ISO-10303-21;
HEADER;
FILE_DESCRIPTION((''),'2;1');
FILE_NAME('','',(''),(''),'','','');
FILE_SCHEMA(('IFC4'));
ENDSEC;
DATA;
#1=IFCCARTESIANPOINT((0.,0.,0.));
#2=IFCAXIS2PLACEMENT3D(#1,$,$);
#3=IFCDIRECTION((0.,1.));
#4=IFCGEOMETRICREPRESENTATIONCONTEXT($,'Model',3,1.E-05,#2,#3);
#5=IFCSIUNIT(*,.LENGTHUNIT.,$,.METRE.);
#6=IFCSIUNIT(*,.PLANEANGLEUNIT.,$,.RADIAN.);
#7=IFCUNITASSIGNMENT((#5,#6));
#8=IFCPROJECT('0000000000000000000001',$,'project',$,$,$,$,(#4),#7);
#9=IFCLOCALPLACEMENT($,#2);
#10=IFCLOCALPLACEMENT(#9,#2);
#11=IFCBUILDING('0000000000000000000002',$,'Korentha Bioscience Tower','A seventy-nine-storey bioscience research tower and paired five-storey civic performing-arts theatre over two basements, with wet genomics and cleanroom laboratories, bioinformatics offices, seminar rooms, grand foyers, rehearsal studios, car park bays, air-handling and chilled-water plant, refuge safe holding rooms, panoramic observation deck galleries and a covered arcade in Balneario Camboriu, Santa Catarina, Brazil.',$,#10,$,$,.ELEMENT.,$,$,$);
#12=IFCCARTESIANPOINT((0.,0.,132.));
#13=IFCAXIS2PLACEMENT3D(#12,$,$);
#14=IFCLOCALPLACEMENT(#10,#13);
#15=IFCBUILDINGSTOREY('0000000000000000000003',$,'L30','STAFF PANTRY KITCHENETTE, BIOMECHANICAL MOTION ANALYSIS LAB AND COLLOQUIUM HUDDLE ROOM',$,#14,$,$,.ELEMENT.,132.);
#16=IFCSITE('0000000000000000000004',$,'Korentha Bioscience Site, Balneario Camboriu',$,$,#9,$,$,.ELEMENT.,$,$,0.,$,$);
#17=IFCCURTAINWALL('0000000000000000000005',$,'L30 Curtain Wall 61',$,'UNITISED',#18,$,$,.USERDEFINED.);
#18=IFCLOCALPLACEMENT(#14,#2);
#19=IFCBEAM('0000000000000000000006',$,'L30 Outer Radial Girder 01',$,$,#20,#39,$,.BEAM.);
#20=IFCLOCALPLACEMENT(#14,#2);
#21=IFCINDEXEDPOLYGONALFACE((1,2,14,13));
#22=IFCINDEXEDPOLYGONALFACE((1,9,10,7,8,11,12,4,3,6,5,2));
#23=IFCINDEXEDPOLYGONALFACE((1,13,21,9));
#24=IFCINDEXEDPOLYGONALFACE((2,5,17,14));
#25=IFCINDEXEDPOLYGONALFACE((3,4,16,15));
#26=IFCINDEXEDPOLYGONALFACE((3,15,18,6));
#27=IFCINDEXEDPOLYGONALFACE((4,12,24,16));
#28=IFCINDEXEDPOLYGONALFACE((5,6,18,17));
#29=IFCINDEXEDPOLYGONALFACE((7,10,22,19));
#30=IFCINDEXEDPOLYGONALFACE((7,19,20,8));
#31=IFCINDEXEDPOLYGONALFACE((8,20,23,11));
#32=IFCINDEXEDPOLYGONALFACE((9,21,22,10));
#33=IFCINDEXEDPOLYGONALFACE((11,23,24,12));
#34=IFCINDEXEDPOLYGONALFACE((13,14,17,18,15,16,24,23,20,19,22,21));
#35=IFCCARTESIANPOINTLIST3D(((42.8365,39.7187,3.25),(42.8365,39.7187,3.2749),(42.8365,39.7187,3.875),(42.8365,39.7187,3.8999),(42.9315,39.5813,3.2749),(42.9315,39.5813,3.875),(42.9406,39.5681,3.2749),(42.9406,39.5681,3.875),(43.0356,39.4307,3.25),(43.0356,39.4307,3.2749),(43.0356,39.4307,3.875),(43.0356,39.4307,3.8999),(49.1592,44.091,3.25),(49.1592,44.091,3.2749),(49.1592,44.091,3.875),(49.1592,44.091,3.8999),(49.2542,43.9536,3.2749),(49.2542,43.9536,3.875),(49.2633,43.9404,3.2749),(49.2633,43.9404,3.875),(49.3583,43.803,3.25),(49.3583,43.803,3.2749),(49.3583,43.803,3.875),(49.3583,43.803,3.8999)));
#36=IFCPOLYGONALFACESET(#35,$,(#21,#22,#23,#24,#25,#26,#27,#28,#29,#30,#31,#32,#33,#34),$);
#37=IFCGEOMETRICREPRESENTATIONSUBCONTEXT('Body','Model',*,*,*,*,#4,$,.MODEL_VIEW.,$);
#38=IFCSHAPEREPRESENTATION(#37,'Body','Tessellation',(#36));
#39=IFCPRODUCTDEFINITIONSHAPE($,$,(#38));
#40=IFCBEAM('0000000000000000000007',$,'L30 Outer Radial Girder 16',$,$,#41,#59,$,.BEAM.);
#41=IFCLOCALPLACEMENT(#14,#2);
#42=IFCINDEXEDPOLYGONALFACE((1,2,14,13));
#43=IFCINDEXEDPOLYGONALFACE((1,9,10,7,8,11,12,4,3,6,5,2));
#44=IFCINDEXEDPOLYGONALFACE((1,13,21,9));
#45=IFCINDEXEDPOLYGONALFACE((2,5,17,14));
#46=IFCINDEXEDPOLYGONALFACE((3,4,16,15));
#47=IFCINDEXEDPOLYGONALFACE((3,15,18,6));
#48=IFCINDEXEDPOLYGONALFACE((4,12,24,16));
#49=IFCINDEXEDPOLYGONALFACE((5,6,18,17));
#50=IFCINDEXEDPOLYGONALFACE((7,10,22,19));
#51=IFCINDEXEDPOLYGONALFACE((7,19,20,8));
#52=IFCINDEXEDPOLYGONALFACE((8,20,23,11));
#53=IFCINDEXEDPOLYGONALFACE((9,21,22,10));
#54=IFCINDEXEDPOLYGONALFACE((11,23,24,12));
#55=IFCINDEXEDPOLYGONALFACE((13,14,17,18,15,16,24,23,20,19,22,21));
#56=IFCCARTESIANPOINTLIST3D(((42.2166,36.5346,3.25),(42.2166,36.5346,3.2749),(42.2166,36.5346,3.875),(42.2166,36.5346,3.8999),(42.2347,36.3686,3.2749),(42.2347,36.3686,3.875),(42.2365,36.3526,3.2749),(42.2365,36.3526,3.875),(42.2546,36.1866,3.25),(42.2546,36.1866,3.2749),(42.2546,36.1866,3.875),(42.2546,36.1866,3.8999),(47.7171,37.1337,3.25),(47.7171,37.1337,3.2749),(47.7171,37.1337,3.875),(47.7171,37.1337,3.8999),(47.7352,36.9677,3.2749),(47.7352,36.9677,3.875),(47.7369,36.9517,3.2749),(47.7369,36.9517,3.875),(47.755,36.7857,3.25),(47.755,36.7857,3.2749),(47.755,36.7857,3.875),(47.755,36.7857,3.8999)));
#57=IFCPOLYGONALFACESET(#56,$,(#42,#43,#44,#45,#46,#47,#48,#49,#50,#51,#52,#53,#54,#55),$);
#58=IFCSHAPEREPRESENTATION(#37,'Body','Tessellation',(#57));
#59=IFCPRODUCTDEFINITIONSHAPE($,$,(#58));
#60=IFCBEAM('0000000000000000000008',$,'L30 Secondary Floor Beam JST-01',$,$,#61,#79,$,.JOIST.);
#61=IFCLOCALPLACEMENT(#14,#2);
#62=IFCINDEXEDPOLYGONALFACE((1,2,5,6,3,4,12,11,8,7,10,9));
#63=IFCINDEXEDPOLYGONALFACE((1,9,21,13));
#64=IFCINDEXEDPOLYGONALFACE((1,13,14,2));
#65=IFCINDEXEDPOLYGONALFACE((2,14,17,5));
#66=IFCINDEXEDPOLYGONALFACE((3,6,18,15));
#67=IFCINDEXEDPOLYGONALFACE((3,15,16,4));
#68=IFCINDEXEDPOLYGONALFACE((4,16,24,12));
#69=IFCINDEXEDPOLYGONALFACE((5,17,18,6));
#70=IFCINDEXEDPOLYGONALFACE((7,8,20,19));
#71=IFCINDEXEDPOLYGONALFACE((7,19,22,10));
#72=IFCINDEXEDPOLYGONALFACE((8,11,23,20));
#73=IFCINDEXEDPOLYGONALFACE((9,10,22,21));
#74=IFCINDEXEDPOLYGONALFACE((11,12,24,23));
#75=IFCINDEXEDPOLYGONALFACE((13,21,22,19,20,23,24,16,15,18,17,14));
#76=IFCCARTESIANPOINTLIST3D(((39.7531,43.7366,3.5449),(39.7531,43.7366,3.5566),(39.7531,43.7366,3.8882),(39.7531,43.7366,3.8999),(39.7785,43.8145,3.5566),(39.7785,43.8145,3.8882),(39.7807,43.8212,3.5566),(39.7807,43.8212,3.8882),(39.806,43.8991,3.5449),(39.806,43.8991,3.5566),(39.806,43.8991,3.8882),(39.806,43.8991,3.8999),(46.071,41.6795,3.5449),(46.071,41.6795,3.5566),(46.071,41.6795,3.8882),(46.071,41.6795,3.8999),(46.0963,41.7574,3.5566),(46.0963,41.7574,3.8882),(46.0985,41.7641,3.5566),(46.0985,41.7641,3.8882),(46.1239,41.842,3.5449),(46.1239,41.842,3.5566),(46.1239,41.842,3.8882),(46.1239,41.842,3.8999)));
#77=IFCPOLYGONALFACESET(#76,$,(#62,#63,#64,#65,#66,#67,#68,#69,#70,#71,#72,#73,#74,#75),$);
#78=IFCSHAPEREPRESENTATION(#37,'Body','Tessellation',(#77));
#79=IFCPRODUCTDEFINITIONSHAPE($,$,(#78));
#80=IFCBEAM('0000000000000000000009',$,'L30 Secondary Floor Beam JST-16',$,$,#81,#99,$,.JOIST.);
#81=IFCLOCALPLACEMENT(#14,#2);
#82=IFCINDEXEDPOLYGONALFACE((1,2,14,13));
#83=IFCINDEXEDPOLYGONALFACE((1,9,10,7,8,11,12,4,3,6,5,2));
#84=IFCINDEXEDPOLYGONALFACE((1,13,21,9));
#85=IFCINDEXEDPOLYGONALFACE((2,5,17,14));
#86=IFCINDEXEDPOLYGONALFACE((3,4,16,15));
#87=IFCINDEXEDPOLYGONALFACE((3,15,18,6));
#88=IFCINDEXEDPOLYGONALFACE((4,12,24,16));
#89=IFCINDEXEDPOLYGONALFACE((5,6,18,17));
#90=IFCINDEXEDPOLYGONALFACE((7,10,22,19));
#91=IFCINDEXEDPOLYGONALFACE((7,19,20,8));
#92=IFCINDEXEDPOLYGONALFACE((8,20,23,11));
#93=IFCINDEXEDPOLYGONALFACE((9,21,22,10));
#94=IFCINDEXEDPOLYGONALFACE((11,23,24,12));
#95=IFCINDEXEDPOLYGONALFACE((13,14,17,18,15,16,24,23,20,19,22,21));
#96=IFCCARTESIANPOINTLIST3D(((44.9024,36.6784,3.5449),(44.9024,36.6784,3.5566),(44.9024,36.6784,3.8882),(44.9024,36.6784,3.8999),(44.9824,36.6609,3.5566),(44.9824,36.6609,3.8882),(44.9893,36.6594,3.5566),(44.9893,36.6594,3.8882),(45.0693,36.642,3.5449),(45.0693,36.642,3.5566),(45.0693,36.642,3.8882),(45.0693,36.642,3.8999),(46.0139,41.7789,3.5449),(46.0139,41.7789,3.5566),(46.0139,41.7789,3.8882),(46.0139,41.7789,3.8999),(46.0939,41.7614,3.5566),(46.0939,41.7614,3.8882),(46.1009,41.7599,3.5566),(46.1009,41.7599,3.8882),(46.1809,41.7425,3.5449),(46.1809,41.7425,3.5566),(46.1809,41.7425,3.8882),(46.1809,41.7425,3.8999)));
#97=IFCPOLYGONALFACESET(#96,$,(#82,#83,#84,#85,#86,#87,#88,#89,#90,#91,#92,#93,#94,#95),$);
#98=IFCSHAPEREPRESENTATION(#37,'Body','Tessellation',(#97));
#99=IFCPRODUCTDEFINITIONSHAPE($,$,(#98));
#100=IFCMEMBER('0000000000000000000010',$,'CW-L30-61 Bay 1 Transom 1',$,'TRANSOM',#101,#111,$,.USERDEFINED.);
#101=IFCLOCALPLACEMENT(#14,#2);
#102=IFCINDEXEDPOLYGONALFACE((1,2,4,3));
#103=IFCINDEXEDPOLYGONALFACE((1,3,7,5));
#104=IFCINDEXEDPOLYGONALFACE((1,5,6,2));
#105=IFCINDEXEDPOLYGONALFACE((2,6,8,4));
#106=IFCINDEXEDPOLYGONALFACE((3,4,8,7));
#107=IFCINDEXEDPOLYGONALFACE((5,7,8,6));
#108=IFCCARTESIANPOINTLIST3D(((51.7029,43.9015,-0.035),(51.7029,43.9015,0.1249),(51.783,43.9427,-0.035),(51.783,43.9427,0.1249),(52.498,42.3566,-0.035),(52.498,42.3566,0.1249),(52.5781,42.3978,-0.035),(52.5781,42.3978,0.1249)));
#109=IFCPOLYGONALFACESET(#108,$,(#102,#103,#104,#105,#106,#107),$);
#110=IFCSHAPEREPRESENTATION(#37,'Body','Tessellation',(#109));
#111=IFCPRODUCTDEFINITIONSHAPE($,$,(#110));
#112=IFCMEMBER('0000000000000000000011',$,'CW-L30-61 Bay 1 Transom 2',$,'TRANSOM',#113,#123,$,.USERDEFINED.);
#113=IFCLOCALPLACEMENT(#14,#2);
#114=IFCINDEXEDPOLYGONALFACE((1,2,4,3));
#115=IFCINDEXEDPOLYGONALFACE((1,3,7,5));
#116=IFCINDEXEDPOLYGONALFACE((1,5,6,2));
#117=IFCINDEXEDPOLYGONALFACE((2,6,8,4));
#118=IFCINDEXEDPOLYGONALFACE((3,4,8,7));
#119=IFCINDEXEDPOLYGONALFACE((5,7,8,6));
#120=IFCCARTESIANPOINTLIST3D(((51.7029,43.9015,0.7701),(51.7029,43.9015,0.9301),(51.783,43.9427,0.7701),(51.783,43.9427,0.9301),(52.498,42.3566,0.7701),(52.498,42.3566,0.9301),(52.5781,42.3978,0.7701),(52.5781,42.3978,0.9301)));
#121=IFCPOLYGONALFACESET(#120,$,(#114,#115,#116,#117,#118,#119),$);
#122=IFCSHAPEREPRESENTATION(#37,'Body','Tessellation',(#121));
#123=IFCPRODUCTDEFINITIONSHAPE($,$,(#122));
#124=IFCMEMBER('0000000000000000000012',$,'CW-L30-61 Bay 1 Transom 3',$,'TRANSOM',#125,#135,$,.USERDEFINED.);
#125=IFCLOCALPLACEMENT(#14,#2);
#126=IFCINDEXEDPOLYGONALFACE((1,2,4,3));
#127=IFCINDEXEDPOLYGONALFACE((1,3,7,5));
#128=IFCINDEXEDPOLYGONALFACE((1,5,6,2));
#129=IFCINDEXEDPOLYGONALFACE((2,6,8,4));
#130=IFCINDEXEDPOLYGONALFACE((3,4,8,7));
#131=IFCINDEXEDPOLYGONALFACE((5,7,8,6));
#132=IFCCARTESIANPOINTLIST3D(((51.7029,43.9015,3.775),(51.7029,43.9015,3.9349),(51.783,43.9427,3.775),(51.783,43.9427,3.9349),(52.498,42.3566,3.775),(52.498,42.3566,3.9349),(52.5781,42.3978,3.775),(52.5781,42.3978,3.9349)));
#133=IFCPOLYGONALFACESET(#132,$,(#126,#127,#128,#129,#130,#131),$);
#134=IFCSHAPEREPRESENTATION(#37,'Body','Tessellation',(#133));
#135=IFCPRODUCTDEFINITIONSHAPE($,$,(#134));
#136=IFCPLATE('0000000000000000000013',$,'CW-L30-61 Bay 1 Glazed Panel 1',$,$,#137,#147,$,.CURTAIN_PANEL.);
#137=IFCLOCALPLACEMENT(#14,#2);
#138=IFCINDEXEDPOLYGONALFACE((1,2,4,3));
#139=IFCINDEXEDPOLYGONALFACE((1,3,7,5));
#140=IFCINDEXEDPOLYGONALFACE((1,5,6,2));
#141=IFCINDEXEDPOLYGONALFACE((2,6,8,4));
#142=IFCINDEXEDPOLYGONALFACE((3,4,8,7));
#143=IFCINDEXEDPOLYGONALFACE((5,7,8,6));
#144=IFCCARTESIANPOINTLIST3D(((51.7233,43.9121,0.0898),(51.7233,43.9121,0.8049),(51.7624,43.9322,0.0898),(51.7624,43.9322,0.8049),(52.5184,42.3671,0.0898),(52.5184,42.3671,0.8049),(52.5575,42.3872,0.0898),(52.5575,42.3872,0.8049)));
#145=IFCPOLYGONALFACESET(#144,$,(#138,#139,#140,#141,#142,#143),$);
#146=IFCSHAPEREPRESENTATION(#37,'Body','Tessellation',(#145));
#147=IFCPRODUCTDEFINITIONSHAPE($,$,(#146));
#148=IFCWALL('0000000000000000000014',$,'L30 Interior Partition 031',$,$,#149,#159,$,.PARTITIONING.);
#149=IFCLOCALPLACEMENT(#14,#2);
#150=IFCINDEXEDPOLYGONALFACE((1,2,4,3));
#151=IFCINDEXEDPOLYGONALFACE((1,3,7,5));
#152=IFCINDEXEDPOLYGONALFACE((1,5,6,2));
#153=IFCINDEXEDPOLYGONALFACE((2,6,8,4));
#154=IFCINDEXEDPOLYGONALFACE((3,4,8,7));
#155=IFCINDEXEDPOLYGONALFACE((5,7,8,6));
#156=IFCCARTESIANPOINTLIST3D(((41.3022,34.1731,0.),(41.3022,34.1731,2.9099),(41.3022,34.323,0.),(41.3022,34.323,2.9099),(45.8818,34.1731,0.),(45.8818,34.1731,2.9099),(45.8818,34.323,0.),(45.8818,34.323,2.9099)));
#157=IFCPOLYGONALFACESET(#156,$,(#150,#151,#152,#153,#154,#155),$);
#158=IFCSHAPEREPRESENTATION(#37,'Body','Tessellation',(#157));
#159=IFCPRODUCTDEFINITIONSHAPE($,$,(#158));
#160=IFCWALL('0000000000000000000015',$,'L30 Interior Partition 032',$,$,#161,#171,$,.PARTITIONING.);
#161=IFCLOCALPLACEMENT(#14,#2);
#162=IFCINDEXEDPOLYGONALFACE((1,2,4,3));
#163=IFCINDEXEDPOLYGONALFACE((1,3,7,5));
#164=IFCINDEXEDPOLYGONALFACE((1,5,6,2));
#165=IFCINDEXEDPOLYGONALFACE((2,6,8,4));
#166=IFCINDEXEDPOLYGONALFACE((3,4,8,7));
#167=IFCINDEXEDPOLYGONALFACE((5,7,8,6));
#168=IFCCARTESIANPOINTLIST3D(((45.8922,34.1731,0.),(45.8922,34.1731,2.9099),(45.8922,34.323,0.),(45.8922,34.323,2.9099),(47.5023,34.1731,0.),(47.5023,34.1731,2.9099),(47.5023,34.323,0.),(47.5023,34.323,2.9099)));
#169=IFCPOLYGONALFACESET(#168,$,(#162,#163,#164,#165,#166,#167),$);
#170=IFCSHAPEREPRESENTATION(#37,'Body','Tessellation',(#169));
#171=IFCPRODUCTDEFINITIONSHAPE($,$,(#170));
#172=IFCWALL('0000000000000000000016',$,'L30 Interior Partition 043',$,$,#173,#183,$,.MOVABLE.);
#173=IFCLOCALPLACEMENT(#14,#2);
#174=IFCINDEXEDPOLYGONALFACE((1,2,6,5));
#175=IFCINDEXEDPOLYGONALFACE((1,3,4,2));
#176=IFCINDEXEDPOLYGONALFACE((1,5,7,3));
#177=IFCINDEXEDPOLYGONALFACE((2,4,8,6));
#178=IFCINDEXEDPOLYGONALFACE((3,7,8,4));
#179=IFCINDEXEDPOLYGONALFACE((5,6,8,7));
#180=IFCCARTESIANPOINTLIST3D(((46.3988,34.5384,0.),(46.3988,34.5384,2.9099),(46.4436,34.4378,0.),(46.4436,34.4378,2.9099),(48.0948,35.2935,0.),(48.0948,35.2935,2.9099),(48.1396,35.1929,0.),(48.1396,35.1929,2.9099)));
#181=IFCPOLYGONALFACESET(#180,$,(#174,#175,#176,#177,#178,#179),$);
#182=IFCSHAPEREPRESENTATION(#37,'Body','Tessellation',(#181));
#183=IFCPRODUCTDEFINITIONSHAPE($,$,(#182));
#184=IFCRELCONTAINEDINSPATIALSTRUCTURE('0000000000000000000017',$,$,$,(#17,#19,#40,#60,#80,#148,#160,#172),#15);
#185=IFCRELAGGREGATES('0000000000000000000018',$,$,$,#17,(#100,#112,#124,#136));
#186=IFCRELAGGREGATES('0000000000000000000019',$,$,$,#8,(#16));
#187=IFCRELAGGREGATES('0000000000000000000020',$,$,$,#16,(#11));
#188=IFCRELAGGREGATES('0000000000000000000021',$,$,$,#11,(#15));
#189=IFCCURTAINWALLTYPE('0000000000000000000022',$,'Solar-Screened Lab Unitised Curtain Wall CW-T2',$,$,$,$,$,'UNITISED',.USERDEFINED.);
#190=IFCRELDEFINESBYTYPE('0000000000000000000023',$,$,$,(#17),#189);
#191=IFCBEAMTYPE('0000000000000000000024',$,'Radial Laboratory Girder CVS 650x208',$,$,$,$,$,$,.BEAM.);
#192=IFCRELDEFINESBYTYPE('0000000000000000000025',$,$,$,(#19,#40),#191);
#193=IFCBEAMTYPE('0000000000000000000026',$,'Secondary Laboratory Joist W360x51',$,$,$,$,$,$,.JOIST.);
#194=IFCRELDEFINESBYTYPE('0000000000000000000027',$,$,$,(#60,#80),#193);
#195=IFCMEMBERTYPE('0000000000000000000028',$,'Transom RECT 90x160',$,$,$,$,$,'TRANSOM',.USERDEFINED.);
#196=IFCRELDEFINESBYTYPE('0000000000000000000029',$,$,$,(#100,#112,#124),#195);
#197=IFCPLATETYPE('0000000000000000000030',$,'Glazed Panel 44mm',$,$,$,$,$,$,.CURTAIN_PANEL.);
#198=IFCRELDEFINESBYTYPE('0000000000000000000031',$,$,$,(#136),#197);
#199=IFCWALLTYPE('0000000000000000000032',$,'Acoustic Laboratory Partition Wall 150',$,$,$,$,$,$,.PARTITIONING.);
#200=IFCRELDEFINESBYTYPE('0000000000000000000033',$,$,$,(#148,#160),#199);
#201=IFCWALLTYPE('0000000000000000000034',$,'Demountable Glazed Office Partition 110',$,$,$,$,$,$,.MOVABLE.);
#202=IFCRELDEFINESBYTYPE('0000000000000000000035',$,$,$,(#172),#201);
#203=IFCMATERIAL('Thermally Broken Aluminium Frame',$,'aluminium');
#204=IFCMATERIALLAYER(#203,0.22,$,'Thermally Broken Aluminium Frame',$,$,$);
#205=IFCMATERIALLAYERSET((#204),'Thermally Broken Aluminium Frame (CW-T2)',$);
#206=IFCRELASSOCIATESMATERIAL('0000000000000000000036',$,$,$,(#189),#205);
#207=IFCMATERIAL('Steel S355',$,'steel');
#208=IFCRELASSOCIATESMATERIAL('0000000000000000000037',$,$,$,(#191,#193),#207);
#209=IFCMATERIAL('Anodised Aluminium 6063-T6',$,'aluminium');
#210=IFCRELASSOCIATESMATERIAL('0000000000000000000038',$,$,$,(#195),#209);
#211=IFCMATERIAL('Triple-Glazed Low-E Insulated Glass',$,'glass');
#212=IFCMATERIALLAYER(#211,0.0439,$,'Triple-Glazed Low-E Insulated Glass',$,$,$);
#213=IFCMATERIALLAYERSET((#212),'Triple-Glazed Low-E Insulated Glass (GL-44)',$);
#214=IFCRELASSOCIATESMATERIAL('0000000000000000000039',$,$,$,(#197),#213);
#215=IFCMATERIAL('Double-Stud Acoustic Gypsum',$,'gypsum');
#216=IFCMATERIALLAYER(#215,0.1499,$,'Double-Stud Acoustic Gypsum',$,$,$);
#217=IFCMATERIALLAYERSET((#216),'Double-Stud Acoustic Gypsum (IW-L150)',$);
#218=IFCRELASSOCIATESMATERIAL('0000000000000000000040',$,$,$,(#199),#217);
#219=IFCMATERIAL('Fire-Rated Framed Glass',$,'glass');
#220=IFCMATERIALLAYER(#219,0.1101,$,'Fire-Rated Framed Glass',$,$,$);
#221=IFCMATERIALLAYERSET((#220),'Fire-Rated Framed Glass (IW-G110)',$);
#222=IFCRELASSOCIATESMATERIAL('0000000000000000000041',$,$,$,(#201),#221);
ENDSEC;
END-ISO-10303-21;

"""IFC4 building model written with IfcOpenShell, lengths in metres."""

from ifc_helpers import new_model, si_unit, direction, frame, frame_2d, origin, origin_2d, place, context, subcontext, project, spatial, rectangle, i_section, extrude, material, layer, layer_set, material_profile, profile_set, type_object, element, aggregate, save


model = new_model("IFC4")

# Units and contexts
model_context = context("Model", 3, precision=1e-05, world=origin(), true_north=direction((0.0, 1.0)))
body_context = subcontext(model_context, "Body", "Model", "MODEL_VIEW")
ifc_project = project(units=[si_unit("LENGTHUNIT", "METRE"), si_unit("PLANEANGLEUNIT", "RADIAN")], contexts=[model_context])

# Site, building, storey
site_placement = place(None, origin())
site = spatial("IfcSite", under=ifc_project, at=site_placement, Name="Korentha Bioscience Site, Balneario Camboriu", CompositionType="ELEMENT", RefElevation=0.0)
building_placement = place(site_placement, origin())
building = spatial("IfcBuilding", under=site, at=building_placement, Name="Korentha Bioscience Tower", Description="A seventy-nine-storey bioscience research tower and paired five-storey civic performing-arts theatre over two basements, with wet genomics and cleanroom laboratories, bioinformatics offices, seminar rooms, grand foyers, rehearsal studios, car park bays, air-handling and chilled-water plant, refuge safe holding rooms, panoramic observation deck galleries and a covered arcade in Balneario Camboriu, Santa Catarina, Brazil.", CompositionType="ELEMENT")
storey_placement = place(building_placement, frame((0.0, 0.0, 132.0)))
storey = spatial("IfcBuildingStorey", under=building, at=storey_placement, Name="L30", Description="STAFF PANTRY KITCHENETTE, BIOMECHANICAL MOTION ANALYSIS LAB AND COLLOQUIUM HUDDLE ROOM", CompositionType="ELEMENT", Elevation=132.0)

# Shared definitions
ifc_material_1 = material(Name="Steel S355", Category="steel")

# Curtain wall
ifc_material_2 = material(Name="Thermally Broken Aluminium Frame", Category="aluminium")
ifc_layer_1 = layer(ifc_material_2, 0.22, Name="Thermally Broken Aluminium Frame")
ifc_layer_set_1 = layer_set([ifc_layer_1], Name="Thermally Broken Aluminium Frame (CW-T2)")
curtain_wall_type = type_object("IfcCurtainWallType", Name="Solar-Screened Lab Unitised Curtain Wall CW-T2", ElementType="UNITISED", PredefinedType="USERDEFINED", material=ifc_layer_set_1)
curtain_wall_placement = place(storey_placement, origin())
curtain_wall = element("IfcCurtainWall", 1, at=curtain_wall_placement, inside=storey, type_object=curtain_wall_type, Name="L30 Curtain Wall 61", ObjectType="UNITISED", PredefinedType="USERDEFINED")
ifc_material_3 = material(Name="Anodised Aluminium 6063-T6", Category="aluminium")

# Beams
ifc_material_profile_1 = material_profile(ifc_material_1, i_section(OverallWidth=0.3501, OverallDepth=0.6499, WebThickness=0.0161, FlangeThickness=0.0249, at=origin_2d()), Name="Steel S355")
ifc_profile_set_1 = profile_set([ifc_material_profile_1], Name="Steel S355 (RB-650)")
beam_type_1 = type_object("IfcBeamType", Name="Radial Laboratory Girder CVS 650x208", PredefinedType="BEAM", material=ifc_profile_set_1)
beam_1_placement = place(storey_placement, frame((42.936, 39.5747, 3.575), z_axis=(0.822495, 0.568772, 0.0), x_axis=(-0.568772, 0.822495, 0.0)))
element("IfcBeam", 2, at=beam_1_placement, inside=storey, type_object=beam_type_1, Name="L30 Outer Radial Girder 01", PredefinedType="BEAM", context=body_context, shape_type="SweptSolid", body=[
    extrude(i_section(OverallWidth=0.3501, OverallDepth=0.6499, WebThickness=0.0161, FlangeThickness=0.0249, at=origin_2d()), origin(), (0.0, 0.0, 1.0), 7.6873),
])
beam_2_placement = place(storey_placement, frame((42.2356, 36.3606, 3.575), z_axis=(0.99412, 0.108281, 0.0), x_axis=(-0.108281, 0.99412, 0.0)))
element("IfcBeam", 3, at=beam_2_placement, inside=storey, type_object=beam_type_1, Name="L30 Outer Radial Girder 16", PredefinedType="BEAM", context=body_context, shape_type="SweptSolid", body=[
    extrude(i_section(OverallWidth=0.3501, OverallDepth=0.6499, WebThickness=0.0161, FlangeThickness=0.0249, at=origin_2d()), origin(), (0.0, 0.0, 1.0), 5.533),
])
ifc_material_profile_2 = material_profile(ifc_material_1, i_section(OverallWidth=0.1709, OverallDepth=0.355, WebThickness=0.0071, FlangeThickness=0.0117, at=origin_2d()), Name="Steel S355")
ifc_profile_set_2 = profile_set([ifc_material_profile_2], Name="Steel S355 (JB-360)")
beam_type_2 = type_object("IfcBeamType", Name="Secondary Laboratory Joist W360x51", PredefinedType="JOIST", material=ifc_profile_set_2)
beam_3_placement = place(storey_placement, frame((46.0974, 41.7607, 3.7224), z_axis=(-0.950865, 0.309606, 0.0), x_axis=(-0.309606, -0.950865, 0.0)))
element("IfcBeam", 4, at=beam_3_placement, inside=storey, type_object=beam_type_2, Name="L30 Secondary Floor Beam JST-01", PredefinedType="JOIST", context=body_context, shape_type="SweptSolid", body=[
    extrude(i_section(OverallWidth=0.1709, OverallDepth=0.355, WebThickness=0.0071, FlangeThickness=0.0117, at=origin_2d()), origin(), (0.0, 0.0, 1.0), 6.6443),
])
beam_4_placement = place(storey_placement, frame((44.9858, 36.6602, 3.7224), z_axis=(0.212932, 0.977067, 0.0), x_axis=(-0.977067, 0.212932, 0.0)))
element("IfcBeam", 5, at=beam_4_placement, inside=storey, type_object=beam_type_2, Name="L30 Secondary Floor Beam JST-16", PredefinedType="JOIST", context=body_context, shape_type="SweptSolid", body=[
    extrude(i_section(OverallWidth=0.1709, OverallDepth=0.355, WebThickness=0.0071, FlangeThickness=0.0117, at=origin_2d()), origin(), (0.0, 0.0, 1.0), 5.2202),
])

# Members
ifc_material_profile_3 = material_profile(ifc_material_3, rectangle(XDim=0.0901, YDim=0.1599, at=origin_2d()), Name="Anodised Aluminium 6063-T6")
ifc_profile_set_3 = profile_set([ifc_material_profile_3], Name="Anodised Aluminium 6063-T6 (CW-TRN)")
member_type_1 = type_object("IfcMemberType", Name="Transom RECT 90x160", ElementType="TRANSOM", PredefinedType="USERDEFINED", material=ifc_profile_set_3)
member_1_placement = place(storey_placement, frame((52.5381, 42.3772, 0.0449), z_axis=(-0.457637, 0.889139, 0.0), x_axis=(-0.889139, -0.457637, 0.0)))
member_1 = element("IfcMember", 6, at=member_1_placement, type_object=member_type_1, Name="CW-L30-61 Bay 1 Transom 1", ObjectType="TRANSOM", PredefinedType="USERDEFINED", context=body_context, shape_type="SweptSolid", body=[
    extrude(rectangle(XDim=0.0901, YDim=0.1599, at=origin_2d()), origin(), (0.0, 0.0, 1.0), 1.7375),
])
member_2_placement = place(storey_placement, frame((52.5381, 42.3772, 0.8501), z_axis=(-0.457637, 0.889139, 0.0), x_axis=(-0.889139, -0.457637, 0.0)))
member_2 = element("IfcMember", 7, at=member_2_placement, type_object=member_type_1, Name="CW-L30-61 Bay 1 Transom 2", ObjectType="TRANSOM", PredefinedType="USERDEFINED", context=body_context, shape_type="SweptSolid", body=[
    extrude(rectangle(XDim=0.0901, YDim=0.1599, at=origin_2d()), origin(), (0.0, 0.0, 1.0), 1.7375),
])
member_3_placement = place(storey_placement, frame((52.5381, 42.3772, 3.855), z_axis=(-0.457637, 0.889139, 0.0), x_axis=(-0.889139, -0.457637, 0.0)))
member_3 = element("IfcMember", 8, at=member_3_placement, type_object=member_type_1, Name="CW-L30-61 Bay 1 Transom 3", ObjectType="TRANSOM", PredefinedType="USERDEFINED", context=body_context, shape_type="SweptSolid", body=[
    extrude(rectangle(XDim=0.0901, YDim=0.1599, at=origin_2d()), origin(), (0.0, 0.0, 1.0), 1.7375),
])

# Plate
ifc_material_4 = material(Name="Triple-Glazed Low-E Insulated Glass", Category="glass")
ifc_layer_2 = layer(ifc_material_4, 0.0439, Name="Triple-Glazed Low-E Insulated Glass")
ifc_layer_set_2 = layer_set([ifc_layer_2], Name="Triple-Glazed Low-E Insulated Glass (GL-44)")
plate_type = type_object("IfcPlateType", Name="Glazed Panel 44mm", PredefinedType="CURTAIN_PANEL", material=ifc_layer_set_2)
plate_placement = place(storey_placement, frame((52.1404, 43.1497, 0.0898), z_axis=(0.0, 0.0, 1.0), x_axis=(-0.457613, 0.889151, 0.0)))
plate = element("IfcPlate", 9, at=plate_placement, type_object=plate_type, Name="CW-L30-61 Bay 1 Glazed Panel 1", PredefinedType="CURTAIN_PANEL", context=body_context, shape_type="SweptSolid", body=[
    extrude(rectangle(XDim=1.7375, YDim=0.0439, at=origin_2d()), origin(), (0.0, 0.0, 1.0), 0.7151),
])
aggregate(curtain_wall, [member_1, member_2, member_3, plate])

# Walls
ifc_material_5 = material(Name="Double-Stud Acoustic Gypsum", Category="gypsum")
ifc_layer_3 = layer(ifc_material_5, 0.1499, Name="Double-Stud Acoustic Gypsum")
ifc_layer_set_3 = layer_set([ifc_layer_3], Name="Double-Stud Acoustic Gypsum (IW-L150)")
wall_type_1 = type_object("IfcWallType", Name="Acoustic Laboratory Partition Wall 150", PredefinedType="PARTITIONING", material=ifc_layer_set_3)
wall_1_placement = place(storey_placement, frame((41.3022, 34.248, 0.0), z_axis=(0.0, 0.0, 1.0), x_axis=(1.0, 0.0, 0.0)))
element("IfcWall", 10, at=wall_1_placement, inside=storey, type_object=wall_type_1, Name="L30 Interior Partition 031", PredefinedType="PARTITIONING", context=body_context, shape_type="SweptSolid", body=[
    extrude(rectangle(XDim=4.5796, YDim=0.1499, at=frame_2d((2.2898, 0.0))), origin(), (0.0, 0.0, 1.0), 2.9099),
])
wall_2_placement = place(storey_placement, frame((45.8921, 34.248, 0.0), z_axis=(0.0, 0.0, 1.0), x_axis=(1.0, 0.0, 0.0)))
element("IfcWall", 11, at=wall_2_placement, inside=storey, type_object=wall_type_1, Name="L30 Interior Partition 032", PredefinedType="PARTITIONING", context=body_context, shape_type="SweptSolid", body=[
    extrude(rectangle(XDim=1.6101, YDim=0.1499, at=frame_2d((0.8052, 0.0))), origin(), (0.0, 0.0, 1.0), 2.9099),
])
ifc_material_6 = material(Name="Fire-Rated Framed Glass", Category="glass")
ifc_layer_4 = layer(ifc_material_6, 0.1101, Name="Fire-Rated Framed Glass")
ifc_layer_set_4 = layer_set([ifc_layer_4], Name="Fire-Rated Framed Glass (IW-G110)")
wall_type_2 = type_object("IfcWallType", Name="Demountable Glazed Office Partition 110", PredefinedType="MOVABLE", material=ifc_layer_set_4)
wall_3_placement = place(storey_placement, frame((48.1172, 35.2432, 0.0), z_axis=(0.0, 0.0, 1.0), x_axis=(-0.913546, -0.406736, 0.0)))
element("IfcWall", 12, at=wall_3_placement, inside=storey, type_object=wall_type_2, Name="L30 Interior Partition 043", PredefinedType="MOVABLE", context=body_context, shape_type="SweptSolid", body=[
    extrude(rectangle(XDim=1.8564, YDim=0.1101, at=frame_2d((0.9282, 0.0))), origin(), (0.0, 0.0, 1.0), 2.9099),
])

save(model, "model.ifc")
